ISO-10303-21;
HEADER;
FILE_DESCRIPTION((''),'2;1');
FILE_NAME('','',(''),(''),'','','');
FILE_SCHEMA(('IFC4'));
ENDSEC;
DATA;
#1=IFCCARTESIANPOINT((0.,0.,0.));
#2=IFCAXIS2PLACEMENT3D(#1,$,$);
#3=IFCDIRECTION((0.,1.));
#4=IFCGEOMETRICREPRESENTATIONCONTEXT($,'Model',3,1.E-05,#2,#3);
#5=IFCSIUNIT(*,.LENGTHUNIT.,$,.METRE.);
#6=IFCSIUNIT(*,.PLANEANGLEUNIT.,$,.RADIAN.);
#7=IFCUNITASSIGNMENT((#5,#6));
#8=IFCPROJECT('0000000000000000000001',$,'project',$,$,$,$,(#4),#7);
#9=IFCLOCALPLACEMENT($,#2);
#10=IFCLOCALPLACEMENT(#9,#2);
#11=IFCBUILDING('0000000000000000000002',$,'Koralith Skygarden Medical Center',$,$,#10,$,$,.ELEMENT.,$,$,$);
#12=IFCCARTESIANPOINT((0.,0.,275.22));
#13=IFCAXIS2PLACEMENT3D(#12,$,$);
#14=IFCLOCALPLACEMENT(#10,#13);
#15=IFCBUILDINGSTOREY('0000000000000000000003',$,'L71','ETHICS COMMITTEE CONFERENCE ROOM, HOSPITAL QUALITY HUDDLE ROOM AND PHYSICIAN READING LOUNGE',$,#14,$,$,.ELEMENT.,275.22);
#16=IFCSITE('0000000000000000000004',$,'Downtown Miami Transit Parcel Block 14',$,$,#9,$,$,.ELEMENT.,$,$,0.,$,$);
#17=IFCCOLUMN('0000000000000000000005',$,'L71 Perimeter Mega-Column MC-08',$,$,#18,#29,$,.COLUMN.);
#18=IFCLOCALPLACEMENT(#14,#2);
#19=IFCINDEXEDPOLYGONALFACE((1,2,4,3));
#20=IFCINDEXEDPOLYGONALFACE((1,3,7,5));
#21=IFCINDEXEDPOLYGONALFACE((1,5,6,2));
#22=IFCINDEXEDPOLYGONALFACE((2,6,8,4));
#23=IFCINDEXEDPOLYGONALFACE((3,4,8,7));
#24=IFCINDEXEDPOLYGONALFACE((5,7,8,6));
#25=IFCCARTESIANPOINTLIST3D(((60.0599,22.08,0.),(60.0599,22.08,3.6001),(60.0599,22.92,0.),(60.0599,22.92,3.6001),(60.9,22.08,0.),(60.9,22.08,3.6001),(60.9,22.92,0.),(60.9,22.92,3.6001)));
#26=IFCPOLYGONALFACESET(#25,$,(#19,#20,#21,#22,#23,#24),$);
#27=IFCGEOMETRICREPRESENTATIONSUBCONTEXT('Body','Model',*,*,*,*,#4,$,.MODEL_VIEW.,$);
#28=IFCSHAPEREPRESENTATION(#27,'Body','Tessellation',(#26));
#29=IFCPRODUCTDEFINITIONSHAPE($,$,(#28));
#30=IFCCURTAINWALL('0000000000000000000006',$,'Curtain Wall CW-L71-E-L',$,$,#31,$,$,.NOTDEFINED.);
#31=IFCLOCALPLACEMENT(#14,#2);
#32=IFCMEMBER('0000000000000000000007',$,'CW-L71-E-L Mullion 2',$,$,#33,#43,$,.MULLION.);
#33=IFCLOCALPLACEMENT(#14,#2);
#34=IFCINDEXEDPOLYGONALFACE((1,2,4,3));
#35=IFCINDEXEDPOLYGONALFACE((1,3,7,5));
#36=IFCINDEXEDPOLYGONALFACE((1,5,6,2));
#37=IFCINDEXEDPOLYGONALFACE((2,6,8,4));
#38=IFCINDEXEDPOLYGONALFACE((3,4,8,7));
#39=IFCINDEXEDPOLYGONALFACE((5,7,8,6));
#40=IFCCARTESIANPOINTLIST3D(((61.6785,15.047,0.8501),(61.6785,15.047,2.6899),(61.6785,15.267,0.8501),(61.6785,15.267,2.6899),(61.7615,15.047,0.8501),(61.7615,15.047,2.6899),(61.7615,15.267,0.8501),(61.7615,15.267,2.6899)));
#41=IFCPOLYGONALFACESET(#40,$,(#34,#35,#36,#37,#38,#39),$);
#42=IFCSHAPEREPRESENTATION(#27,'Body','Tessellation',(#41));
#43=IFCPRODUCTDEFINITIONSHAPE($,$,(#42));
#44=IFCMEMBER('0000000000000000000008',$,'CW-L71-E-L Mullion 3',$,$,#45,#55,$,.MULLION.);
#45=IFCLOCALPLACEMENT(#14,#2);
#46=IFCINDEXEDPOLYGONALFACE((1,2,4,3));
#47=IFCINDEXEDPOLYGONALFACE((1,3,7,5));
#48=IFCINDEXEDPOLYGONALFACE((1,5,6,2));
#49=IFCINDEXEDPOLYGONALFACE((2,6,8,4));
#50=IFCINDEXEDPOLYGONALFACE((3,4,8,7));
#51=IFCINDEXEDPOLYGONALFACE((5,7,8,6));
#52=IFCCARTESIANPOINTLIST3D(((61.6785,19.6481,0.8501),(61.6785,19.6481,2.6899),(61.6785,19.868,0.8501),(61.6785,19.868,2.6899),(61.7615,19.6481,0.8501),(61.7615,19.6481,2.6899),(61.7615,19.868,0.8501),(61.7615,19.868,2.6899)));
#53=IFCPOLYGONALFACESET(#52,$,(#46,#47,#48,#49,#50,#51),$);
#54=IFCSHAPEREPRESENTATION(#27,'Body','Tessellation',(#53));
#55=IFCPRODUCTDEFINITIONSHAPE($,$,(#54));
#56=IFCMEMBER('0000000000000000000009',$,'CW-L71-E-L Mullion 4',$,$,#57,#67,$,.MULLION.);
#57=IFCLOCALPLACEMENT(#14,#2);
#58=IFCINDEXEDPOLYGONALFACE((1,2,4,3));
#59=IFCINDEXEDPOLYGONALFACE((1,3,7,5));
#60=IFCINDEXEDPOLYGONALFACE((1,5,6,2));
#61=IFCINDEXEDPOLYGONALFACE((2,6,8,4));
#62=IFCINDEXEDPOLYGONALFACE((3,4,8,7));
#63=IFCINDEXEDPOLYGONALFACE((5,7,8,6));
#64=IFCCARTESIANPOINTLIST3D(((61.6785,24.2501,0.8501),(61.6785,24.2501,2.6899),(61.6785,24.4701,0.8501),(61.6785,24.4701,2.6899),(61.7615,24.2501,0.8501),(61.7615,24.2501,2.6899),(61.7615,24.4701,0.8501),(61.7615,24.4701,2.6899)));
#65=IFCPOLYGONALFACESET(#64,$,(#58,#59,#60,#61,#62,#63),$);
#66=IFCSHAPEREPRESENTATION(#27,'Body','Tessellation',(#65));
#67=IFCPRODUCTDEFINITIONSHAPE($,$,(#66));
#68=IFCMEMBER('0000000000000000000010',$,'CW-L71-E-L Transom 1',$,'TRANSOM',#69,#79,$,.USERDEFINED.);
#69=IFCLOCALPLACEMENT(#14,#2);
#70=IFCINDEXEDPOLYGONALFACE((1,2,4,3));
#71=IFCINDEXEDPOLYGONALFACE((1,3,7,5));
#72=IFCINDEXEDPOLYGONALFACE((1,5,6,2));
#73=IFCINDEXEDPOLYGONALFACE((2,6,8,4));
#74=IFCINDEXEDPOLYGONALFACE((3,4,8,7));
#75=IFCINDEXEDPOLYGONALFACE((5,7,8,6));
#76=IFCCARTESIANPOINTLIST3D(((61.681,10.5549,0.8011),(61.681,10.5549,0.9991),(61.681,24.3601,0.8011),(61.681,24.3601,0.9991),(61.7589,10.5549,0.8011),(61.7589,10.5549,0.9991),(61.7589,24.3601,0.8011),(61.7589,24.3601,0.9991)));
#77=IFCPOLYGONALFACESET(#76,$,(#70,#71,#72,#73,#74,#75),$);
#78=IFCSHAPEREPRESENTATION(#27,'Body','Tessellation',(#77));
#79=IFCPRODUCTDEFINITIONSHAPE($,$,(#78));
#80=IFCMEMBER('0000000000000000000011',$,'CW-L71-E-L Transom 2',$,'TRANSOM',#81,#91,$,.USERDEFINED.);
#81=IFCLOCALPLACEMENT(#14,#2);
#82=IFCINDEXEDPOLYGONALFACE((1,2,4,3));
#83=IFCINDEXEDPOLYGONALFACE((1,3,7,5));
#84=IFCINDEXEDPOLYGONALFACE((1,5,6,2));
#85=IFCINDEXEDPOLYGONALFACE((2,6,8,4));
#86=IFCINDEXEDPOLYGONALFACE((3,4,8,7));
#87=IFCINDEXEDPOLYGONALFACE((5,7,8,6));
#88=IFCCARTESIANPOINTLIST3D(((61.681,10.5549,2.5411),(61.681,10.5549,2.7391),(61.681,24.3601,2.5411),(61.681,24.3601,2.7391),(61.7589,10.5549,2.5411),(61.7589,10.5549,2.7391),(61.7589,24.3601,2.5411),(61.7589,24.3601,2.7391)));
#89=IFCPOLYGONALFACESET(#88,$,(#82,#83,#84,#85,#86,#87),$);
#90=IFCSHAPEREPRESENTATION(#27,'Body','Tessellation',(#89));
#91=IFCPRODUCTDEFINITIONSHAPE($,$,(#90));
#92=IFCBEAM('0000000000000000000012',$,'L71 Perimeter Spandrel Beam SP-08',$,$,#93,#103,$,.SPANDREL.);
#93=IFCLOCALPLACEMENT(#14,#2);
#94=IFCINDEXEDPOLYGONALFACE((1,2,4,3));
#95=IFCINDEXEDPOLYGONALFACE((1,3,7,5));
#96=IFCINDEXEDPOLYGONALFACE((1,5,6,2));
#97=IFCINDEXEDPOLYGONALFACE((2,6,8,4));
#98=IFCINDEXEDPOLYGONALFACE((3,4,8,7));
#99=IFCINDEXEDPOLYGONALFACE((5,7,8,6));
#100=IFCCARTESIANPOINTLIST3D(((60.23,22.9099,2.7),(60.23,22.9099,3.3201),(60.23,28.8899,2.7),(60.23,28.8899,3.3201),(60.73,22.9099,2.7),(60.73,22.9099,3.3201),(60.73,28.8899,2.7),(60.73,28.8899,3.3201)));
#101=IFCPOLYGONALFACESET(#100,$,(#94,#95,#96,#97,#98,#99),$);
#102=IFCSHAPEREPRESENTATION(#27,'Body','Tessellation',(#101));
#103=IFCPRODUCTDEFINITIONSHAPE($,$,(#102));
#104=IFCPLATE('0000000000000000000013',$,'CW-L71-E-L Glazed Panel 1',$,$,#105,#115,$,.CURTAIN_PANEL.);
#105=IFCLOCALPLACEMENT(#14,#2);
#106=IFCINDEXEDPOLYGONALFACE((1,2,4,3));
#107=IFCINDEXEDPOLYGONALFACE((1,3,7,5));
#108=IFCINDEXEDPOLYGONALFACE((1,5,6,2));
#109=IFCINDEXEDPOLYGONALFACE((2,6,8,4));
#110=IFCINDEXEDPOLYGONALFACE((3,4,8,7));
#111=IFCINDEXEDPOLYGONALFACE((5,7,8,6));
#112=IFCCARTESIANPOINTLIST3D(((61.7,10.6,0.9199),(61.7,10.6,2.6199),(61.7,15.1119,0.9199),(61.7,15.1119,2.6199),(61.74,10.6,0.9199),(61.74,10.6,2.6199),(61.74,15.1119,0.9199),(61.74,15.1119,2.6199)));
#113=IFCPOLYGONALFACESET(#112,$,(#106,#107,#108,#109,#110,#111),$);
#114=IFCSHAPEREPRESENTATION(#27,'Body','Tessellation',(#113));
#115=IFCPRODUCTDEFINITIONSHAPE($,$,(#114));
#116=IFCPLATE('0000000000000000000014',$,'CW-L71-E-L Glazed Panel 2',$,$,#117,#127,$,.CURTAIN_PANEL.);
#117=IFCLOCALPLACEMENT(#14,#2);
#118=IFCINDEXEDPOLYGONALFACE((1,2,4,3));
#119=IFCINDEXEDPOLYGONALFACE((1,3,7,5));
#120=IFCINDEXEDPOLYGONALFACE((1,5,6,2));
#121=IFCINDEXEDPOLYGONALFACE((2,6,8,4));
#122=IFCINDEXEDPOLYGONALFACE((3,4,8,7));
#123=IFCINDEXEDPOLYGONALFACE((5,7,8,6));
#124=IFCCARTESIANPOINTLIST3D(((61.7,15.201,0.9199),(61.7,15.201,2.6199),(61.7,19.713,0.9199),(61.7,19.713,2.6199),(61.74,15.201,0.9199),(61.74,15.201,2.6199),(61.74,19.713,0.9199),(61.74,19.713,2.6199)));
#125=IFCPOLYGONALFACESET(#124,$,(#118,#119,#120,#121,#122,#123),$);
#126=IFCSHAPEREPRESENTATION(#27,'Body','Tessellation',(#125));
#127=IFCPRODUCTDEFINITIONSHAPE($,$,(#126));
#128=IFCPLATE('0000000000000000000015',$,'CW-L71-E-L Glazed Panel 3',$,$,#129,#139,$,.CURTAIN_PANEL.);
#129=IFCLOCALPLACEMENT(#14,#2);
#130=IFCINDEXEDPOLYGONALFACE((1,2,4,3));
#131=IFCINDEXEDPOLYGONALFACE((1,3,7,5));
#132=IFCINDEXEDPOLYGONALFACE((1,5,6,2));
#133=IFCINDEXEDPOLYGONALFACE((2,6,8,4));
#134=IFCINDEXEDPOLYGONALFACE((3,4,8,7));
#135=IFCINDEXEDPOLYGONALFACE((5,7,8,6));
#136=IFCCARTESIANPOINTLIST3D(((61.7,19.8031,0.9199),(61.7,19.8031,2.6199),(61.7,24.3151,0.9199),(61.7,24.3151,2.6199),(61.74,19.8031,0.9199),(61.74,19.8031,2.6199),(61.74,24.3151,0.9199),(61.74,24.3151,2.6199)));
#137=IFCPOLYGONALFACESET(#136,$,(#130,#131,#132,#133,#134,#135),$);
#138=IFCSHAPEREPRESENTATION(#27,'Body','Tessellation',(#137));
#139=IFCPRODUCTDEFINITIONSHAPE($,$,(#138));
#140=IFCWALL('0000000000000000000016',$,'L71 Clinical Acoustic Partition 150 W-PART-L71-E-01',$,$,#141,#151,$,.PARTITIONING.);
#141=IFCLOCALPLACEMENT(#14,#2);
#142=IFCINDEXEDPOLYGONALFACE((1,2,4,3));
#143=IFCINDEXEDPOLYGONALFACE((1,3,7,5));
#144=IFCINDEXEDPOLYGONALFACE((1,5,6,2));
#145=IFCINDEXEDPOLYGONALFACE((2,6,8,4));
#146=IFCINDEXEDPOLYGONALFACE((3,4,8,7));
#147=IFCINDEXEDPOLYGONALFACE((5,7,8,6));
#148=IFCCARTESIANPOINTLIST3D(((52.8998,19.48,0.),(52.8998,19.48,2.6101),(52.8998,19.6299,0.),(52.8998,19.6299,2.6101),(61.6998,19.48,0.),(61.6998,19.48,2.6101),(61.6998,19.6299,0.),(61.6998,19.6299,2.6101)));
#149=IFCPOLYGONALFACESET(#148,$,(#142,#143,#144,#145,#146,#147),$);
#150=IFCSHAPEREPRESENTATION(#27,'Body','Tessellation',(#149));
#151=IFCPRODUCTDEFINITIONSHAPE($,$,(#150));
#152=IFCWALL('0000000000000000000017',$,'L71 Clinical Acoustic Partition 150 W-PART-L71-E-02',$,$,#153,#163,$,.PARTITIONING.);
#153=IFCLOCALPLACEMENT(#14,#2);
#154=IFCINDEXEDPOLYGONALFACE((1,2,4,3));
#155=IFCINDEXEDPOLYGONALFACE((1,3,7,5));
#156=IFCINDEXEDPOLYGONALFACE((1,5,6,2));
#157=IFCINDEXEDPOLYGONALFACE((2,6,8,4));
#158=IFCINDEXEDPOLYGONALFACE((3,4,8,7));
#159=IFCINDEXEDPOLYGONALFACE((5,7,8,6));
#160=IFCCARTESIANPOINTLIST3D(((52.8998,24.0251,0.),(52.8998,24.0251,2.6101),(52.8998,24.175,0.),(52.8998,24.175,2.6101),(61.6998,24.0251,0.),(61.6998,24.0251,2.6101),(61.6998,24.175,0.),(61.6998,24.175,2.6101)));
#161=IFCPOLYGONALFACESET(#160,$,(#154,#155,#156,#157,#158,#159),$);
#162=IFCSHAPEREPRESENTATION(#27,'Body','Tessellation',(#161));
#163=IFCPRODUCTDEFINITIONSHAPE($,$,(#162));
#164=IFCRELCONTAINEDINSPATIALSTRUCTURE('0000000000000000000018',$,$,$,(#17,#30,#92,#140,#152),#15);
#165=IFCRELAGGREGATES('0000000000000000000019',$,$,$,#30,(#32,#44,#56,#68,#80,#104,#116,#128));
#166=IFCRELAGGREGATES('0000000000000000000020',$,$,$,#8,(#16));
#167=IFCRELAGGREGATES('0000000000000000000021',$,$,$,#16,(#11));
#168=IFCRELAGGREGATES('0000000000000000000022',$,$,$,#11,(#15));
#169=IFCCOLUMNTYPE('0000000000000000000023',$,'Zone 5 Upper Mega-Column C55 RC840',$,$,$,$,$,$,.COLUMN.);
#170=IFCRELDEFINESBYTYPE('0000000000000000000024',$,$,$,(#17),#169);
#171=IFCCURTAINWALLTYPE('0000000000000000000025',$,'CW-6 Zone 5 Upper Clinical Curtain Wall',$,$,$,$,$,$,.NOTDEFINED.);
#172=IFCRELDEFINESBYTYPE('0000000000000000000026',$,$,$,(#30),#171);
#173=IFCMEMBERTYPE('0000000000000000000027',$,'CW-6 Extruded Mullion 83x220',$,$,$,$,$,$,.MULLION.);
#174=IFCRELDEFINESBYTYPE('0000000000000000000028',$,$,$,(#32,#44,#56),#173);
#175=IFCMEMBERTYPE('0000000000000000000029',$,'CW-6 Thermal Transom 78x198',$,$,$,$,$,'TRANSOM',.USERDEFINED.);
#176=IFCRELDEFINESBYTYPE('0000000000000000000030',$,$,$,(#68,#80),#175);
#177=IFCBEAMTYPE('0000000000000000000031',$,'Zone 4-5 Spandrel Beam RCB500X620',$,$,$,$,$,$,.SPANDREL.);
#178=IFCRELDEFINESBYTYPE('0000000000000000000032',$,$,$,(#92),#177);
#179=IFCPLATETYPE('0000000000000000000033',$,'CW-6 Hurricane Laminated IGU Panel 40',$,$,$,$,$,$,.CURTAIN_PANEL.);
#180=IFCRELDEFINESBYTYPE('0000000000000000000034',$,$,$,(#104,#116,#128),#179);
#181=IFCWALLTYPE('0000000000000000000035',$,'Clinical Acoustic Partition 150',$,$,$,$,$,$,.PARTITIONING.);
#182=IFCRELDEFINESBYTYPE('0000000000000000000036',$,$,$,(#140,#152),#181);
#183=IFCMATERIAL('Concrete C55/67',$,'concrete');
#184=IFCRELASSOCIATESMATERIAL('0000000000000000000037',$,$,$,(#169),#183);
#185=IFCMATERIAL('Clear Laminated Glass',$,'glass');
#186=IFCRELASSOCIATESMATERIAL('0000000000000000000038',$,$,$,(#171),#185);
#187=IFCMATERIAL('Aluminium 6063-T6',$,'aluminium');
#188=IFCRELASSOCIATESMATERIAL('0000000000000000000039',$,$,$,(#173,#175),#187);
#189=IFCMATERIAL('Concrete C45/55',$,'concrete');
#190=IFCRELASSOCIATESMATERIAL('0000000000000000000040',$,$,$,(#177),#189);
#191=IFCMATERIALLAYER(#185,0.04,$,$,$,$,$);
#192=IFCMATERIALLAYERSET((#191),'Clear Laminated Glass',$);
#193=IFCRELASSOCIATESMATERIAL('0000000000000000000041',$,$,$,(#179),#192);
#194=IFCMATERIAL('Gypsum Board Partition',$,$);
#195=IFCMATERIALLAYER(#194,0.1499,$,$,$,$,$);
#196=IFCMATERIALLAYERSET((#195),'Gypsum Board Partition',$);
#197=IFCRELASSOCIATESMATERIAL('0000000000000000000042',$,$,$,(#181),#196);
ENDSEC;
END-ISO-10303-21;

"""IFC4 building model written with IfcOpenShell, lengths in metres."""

from ifc_helpers import new_model, si_unit, direction, frame, frame_2d, origin, origin_2d, place, context, subcontext, project, spatial, rectangle, extrude, material, layer, layer_set, material_profile, profile_set, type_object, element, aggregate, save


model = new_model("IFC4")

# Units and contexts
model_context = context("Model", 3, precision=1e-05, world=origin(), true_north=direction((0.0, 1.0)))
body_context = subcontext(model_context, "Body", "Model", "MODEL_VIEW")
ifc_project = project(units=[si_unit("LENGTHUNIT", "METRE"), si_unit("PLANEANGLEUNIT", "RADIAN")], contexts=[model_context])

# Site, building, storey
site_placement = place(None, origin())
site = spatial("IfcSite", under=ifc_project, at=site_placement, Name="Downtown Miami Transit Parcel Block 14", CompositionType="ELEMENT", RefElevation=0.0)
building_placement = place(site_placement, origin())
building = spatial("IfcBuilding", under=site, at=building_placement, Name="Koralith Skygarden Medical Center", CompositionType="ELEMENT")
storey_placement = place(building_placement, frame((0.0, 0.0, 275.22)))
storey = spatial("IfcBuildingStorey", under=building, at=storey_placement, Name="L71", Description="ETHICS COMMITTEE CONFERENCE ROOM, HOSPITAL QUALITY HUDDLE ROOM AND PHYSICIAN READING LOUNGE", CompositionType="ELEMENT", Elevation=275.22)

# Column
ifc_material_1 = material(Name="Concrete C55/67", Category="concrete")
ifc_material_profile_1 = material_profile(ifc_material_1, rectangle(XDim=0.8401, YDim=0.8401, at=origin_2d()), Name="RC840X840")
ifc_profile_set_1 = profile_set([ifc_material_profile_1], Name="Concrete C55/67")
column_type = type_object("IfcColumnType", Name="Zone 5 Upper Mega-Column C55 RC840", PredefinedType="COLUMN", material=ifc_profile_set_1)
column_placement = place(storey_placement, frame((60.48, 22.5, 0.0), z_axis=(0.0, 0.0, 1.0), x_axis=(1.0, 0.0, 0.0)))
element("IfcColumn", 1, at=column_placement, inside=storey, type_object=column_type, Name="L71 Perimeter Mega-Column MC-08", PredefinedType="COLUMN", context=body_context, shape_type="SweptSolid", body=[
    extrude(rectangle(XDim=0.8401, YDim=0.8401, at=origin_2d()), origin(), (0.0, 0.0, 1.0), 3.6001),
])

# Curtain wall, members
ifc_material_2 = material(Name="Clear Laminated Glass", Category="glass")
curtain_wall_type = type_object("IfcCurtainWallType", Name="CW-6 Zone 5 Upper Clinical Curtain Wall", PredefinedType="NOTDEFINED", material=ifc_material_2)
curtain_wall_placement = place(storey_placement, origin())
curtain_wall = element("IfcCurtainWall", 2, at=curtain_wall_placement, inside=storey, type_object=curtain_wall_type, Name="Curtain Wall CW-L71-E-L", PredefinedType="NOTDEFINED")
ifc_material_3 = material(Name="Aluminium 6063-T6", Category="aluminium")
ifc_material_profile_2 = material_profile(ifc_material_3, rectangle(XDim=0.083, YDim=0.22, at=origin_2d()), Name="MUL83X220")
ifc_profile_set_2 = profile_set([ifc_material_profile_2], Name="Aluminium 6063-T6")
member_type_1 = type_object("IfcMemberType", Name="CW-6 Extruded Mullion 83x220", PredefinedType="MULLION", material=ifc_profile_set_2)
member_1_placement = place(storey_placement, frame((61.72, 15.157, 0.8501), z_axis=(0.0, 0.0, 1.0), x_axis=(1.0, 0.0, 0.0)))
member_1 = element("IfcMember", 3, at=member_1_placement, type_object=member_type_1, Name="CW-L71-E-L Mullion 2", PredefinedType="MULLION", context=body_context, shape_type="SweptSolid", body=[
    extrude(rectangle(XDim=0.083, YDim=0.22, at=origin_2d()), origin(), (0.0, 0.0, 1.0), 1.8398),
])
member_2_placement = place(storey_placement, frame((61.72, 19.7581, 0.8501), z_axis=(0.0, 0.0, 1.0), x_axis=(1.0, 0.0, 0.0)))
member_2 = element("IfcMember", 4, at=member_2_placement, type_object=member_type_1, Name="CW-L71-E-L Mullion 3", PredefinedType="MULLION", context=body_context, shape_type="SweptSolid", body=[
    extrude(rectangle(XDim=0.083, YDim=0.22, at=origin_2d()), origin(), (0.0, 0.0, 1.0), 1.8398),
])
member_3_placement = place(storey_placement, frame((61.72, 24.3601, 0.8501), z_axis=(0.0, 0.0, 1.0), x_axis=(1.0, 0.0, 0.0)))
member_3 = element("IfcMember", 5, at=member_3_placement, type_object=member_type_1, Name="CW-L71-E-L Mullion 4", PredefinedType="MULLION", context=body_context, shape_type="SweptSolid", body=[
    extrude(rectangle(XDim=0.083, YDim=0.22, at=origin_2d()), origin(), (0.0, 0.0, 1.0), 1.8398),
])
ifc_material_profile_3 = material_profile(ifc_material_3, rectangle(XDim=0.0779, YDim=0.198, at=origin_2d()), Name="TRN78X198")
ifc_profile_set_3 = profile_set([ifc_material_profile_3], Name="Aluminium 6063-T6")
member_type_2 = type_object("IfcMemberType", Name="CW-6 Thermal Transom 78x198", ElementType="TRANSOM", PredefinedType="USERDEFINED", material=ifc_profile_set_3)
member_4_placement = place(storey_placement, frame((61.72, 10.5549, 0.9001), z_axis=(0.0, 1.0, 0.0), x_axis=(-1.0, 0.0, 0.0)))
member_4 = element("IfcMember", 6, at=member_4_placement, type_object=member_type_2, Name="CW-L71-E-L Transom 1", ObjectType="TRANSOM", PredefinedType="USERDEFINED", context=body_context, shape_type="SweptSolid", body=[
    extrude(rectangle(XDim=0.0779, YDim=0.198, at=origin_2d()), origin(), (0.0, 0.0, 1.0), 13.8052),
])
member_5_placement = place(storey_placement, frame((61.72, 10.5549, 2.6401), z_axis=(0.0, 1.0, 0.0), x_axis=(-1.0, 0.0, 0.0)))
member_5 = element("IfcMember", 7, at=member_5_placement, type_object=member_type_2, Name="CW-L71-E-L Transom 2", ObjectType="TRANSOM", PredefinedType="USERDEFINED", context=body_context, shape_type="SweptSolid", body=[
    extrude(rectangle(XDim=0.0779, YDim=0.198, at=origin_2d()), origin(), (0.0, 0.0, 1.0), 13.8052),
])

# Beam
ifc_material_4 = material(Name="Concrete C45/55", Category="concrete")
ifc_material_profile_4 = material_profile(ifc_material_4, rectangle(XDim=0.5, YDim=0.6201, at=origin_2d()), Name="RCB500X620")
ifc_profile_set_4 = profile_set([ifc_material_profile_4], Name="Concrete C45/55")
beam_type = type_object("IfcBeamType", Name="Zone 4-5 Spandrel Beam RCB500X620", PredefinedType="SPANDREL", material=ifc_profile_set_4)
beam_placement = place(storey_placement, frame((60.48, 22.9099, 3.01), z_axis=(0.0, 1.0, 0.0), x_axis=(-1.0, 0.0, 0.0)))
element("IfcBeam", 8, at=beam_placement, inside=storey, type_object=beam_type, Name="L71 Perimeter Spandrel Beam SP-08", PredefinedType="SPANDREL", context=body_context, shape_type="SweptSolid", body=[
    extrude(rectangle(XDim=0.5, YDim=0.6201, at=origin_2d()), origin(), (0.0, 0.0, 1.0), 5.98),
])

# Plates
ifc_layer_1 = layer(ifc_material_2, 0.04)
ifc_layer_set_1 = layer_set([ifc_layer_1], Name="Clear Laminated Glass")
plate_type = type_object("IfcPlateType", Name="CW-6 Hurricane Laminated IGU Panel 40", PredefinedType="CURTAIN_PANEL", material=ifc_layer_set_1)
plate_1_placement = place(storey_placement, frame((61.72, 12.856, 0.9199), z_axis=(0.0, 0.0, 1.0), x_axis=(0.0, 1.0, 0.0)))
plate_1 = element("IfcPlate", 9, at=plate_1_placement, type_object=plate_type, Name="CW-L71-E-L Glazed Panel 1", PredefinedType="CURTAIN_PANEL", context=body_context, shape_type="SweptSolid", body=[
    extrude(rectangle(XDim=4.512, YDim=0.04, at=origin_2d()), origin(), (0.0, 0.0, 1.0), 1.7),
])
plate_2_placement = place(storey_placement, frame((61.72, 17.457, 0.9199), z_axis=(0.0, 0.0, 1.0), x_axis=(0.0, 1.0, 0.0)))
plate_2 = element("IfcPlate", 10, at=plate_2_placement, type_object=plate_type, Name="CW-L71-E-L Glazed Panel 2", PredefinedType="CURTAIN_PANEL", context=body_context, shape_type="SweptSolid", body=[
    extrude(rectangle(XDim=4.512, YDim=0.04, at=origin_2d()), origin(), (0.0, 0.0, 1.0), 1.7),
])
plate_3_placement = place(storey_placement, frame((61.72, 22.0591, 0.9199), z_axis=(0.0, 0.0, 1.0), x_axis=(0.0, 1.0, 0.0)))
plate_3 = element("IfcPlate", 11, at=plate_3_placement, type_object=plate_type, Name="CW-L71-E-L Glazed Panel 3", PredefinedType="CURTAIN_PANEL", context=body_context, shape_type="SweptSolid", body=[
    extrude(rectangle(XDim=4.512, YDim=0.04, at=origin_2d()), origin(), (0.0, 0.0, 1.0), 1.7),
])
aggregate(curtain_wall, [member_1, member_2, member_3, member_4, member_5, plate_1, plate_2, plate_3])

# Walls
ifc_material_5 = material(Name="Gypsum Board Partition")
ifc_layer_2 = layer(ifc_material_5, 0.1499)
ifc_layer_set_2 = layer_set([ifc_layer_2], Name="Gypsum Board Partition")
wall_type_1 = type_object("IfcWallType", Name="Clinical Acoustic Partition 150", PredefinedType="PARTITIONING", material=ifc_layer_set_2)
for number, where, z_axis, x_axis, name in (
    (12, (52.8999, 19.5549, 0.0), (0.0, 0.0, 1.0), (1.0, 0.0, 0.0), "L71 Clinical Acoustic Partition 150 W-PART-L71-E-01"),
    (13, (52.8999, 24.1001, 0.0), (0.0, 0.0, 1.0), (1.0, 0.0, 0.0), "L71 Clinical Acoustic Partition 150 W-PART-L71-E-02"),
):
    element("IfcWall", number, at=place(storey_placement, frame(where, z_axis=z_axis, x_axis=x_axis)), inside=storey, type_object=wall_type_1, Name=name, PredefinedType="PARTITIONING", context=body_context, shape_type="SweptSolid", body=[
        extrude(rectangle(XDim=8.8, YDim=0.1499, at=frame_2d((4.3999, 0.0))), origin(), (0.0, 0.0, 1.0), 2.6101),
    ])

save(model, "model.ifc")
